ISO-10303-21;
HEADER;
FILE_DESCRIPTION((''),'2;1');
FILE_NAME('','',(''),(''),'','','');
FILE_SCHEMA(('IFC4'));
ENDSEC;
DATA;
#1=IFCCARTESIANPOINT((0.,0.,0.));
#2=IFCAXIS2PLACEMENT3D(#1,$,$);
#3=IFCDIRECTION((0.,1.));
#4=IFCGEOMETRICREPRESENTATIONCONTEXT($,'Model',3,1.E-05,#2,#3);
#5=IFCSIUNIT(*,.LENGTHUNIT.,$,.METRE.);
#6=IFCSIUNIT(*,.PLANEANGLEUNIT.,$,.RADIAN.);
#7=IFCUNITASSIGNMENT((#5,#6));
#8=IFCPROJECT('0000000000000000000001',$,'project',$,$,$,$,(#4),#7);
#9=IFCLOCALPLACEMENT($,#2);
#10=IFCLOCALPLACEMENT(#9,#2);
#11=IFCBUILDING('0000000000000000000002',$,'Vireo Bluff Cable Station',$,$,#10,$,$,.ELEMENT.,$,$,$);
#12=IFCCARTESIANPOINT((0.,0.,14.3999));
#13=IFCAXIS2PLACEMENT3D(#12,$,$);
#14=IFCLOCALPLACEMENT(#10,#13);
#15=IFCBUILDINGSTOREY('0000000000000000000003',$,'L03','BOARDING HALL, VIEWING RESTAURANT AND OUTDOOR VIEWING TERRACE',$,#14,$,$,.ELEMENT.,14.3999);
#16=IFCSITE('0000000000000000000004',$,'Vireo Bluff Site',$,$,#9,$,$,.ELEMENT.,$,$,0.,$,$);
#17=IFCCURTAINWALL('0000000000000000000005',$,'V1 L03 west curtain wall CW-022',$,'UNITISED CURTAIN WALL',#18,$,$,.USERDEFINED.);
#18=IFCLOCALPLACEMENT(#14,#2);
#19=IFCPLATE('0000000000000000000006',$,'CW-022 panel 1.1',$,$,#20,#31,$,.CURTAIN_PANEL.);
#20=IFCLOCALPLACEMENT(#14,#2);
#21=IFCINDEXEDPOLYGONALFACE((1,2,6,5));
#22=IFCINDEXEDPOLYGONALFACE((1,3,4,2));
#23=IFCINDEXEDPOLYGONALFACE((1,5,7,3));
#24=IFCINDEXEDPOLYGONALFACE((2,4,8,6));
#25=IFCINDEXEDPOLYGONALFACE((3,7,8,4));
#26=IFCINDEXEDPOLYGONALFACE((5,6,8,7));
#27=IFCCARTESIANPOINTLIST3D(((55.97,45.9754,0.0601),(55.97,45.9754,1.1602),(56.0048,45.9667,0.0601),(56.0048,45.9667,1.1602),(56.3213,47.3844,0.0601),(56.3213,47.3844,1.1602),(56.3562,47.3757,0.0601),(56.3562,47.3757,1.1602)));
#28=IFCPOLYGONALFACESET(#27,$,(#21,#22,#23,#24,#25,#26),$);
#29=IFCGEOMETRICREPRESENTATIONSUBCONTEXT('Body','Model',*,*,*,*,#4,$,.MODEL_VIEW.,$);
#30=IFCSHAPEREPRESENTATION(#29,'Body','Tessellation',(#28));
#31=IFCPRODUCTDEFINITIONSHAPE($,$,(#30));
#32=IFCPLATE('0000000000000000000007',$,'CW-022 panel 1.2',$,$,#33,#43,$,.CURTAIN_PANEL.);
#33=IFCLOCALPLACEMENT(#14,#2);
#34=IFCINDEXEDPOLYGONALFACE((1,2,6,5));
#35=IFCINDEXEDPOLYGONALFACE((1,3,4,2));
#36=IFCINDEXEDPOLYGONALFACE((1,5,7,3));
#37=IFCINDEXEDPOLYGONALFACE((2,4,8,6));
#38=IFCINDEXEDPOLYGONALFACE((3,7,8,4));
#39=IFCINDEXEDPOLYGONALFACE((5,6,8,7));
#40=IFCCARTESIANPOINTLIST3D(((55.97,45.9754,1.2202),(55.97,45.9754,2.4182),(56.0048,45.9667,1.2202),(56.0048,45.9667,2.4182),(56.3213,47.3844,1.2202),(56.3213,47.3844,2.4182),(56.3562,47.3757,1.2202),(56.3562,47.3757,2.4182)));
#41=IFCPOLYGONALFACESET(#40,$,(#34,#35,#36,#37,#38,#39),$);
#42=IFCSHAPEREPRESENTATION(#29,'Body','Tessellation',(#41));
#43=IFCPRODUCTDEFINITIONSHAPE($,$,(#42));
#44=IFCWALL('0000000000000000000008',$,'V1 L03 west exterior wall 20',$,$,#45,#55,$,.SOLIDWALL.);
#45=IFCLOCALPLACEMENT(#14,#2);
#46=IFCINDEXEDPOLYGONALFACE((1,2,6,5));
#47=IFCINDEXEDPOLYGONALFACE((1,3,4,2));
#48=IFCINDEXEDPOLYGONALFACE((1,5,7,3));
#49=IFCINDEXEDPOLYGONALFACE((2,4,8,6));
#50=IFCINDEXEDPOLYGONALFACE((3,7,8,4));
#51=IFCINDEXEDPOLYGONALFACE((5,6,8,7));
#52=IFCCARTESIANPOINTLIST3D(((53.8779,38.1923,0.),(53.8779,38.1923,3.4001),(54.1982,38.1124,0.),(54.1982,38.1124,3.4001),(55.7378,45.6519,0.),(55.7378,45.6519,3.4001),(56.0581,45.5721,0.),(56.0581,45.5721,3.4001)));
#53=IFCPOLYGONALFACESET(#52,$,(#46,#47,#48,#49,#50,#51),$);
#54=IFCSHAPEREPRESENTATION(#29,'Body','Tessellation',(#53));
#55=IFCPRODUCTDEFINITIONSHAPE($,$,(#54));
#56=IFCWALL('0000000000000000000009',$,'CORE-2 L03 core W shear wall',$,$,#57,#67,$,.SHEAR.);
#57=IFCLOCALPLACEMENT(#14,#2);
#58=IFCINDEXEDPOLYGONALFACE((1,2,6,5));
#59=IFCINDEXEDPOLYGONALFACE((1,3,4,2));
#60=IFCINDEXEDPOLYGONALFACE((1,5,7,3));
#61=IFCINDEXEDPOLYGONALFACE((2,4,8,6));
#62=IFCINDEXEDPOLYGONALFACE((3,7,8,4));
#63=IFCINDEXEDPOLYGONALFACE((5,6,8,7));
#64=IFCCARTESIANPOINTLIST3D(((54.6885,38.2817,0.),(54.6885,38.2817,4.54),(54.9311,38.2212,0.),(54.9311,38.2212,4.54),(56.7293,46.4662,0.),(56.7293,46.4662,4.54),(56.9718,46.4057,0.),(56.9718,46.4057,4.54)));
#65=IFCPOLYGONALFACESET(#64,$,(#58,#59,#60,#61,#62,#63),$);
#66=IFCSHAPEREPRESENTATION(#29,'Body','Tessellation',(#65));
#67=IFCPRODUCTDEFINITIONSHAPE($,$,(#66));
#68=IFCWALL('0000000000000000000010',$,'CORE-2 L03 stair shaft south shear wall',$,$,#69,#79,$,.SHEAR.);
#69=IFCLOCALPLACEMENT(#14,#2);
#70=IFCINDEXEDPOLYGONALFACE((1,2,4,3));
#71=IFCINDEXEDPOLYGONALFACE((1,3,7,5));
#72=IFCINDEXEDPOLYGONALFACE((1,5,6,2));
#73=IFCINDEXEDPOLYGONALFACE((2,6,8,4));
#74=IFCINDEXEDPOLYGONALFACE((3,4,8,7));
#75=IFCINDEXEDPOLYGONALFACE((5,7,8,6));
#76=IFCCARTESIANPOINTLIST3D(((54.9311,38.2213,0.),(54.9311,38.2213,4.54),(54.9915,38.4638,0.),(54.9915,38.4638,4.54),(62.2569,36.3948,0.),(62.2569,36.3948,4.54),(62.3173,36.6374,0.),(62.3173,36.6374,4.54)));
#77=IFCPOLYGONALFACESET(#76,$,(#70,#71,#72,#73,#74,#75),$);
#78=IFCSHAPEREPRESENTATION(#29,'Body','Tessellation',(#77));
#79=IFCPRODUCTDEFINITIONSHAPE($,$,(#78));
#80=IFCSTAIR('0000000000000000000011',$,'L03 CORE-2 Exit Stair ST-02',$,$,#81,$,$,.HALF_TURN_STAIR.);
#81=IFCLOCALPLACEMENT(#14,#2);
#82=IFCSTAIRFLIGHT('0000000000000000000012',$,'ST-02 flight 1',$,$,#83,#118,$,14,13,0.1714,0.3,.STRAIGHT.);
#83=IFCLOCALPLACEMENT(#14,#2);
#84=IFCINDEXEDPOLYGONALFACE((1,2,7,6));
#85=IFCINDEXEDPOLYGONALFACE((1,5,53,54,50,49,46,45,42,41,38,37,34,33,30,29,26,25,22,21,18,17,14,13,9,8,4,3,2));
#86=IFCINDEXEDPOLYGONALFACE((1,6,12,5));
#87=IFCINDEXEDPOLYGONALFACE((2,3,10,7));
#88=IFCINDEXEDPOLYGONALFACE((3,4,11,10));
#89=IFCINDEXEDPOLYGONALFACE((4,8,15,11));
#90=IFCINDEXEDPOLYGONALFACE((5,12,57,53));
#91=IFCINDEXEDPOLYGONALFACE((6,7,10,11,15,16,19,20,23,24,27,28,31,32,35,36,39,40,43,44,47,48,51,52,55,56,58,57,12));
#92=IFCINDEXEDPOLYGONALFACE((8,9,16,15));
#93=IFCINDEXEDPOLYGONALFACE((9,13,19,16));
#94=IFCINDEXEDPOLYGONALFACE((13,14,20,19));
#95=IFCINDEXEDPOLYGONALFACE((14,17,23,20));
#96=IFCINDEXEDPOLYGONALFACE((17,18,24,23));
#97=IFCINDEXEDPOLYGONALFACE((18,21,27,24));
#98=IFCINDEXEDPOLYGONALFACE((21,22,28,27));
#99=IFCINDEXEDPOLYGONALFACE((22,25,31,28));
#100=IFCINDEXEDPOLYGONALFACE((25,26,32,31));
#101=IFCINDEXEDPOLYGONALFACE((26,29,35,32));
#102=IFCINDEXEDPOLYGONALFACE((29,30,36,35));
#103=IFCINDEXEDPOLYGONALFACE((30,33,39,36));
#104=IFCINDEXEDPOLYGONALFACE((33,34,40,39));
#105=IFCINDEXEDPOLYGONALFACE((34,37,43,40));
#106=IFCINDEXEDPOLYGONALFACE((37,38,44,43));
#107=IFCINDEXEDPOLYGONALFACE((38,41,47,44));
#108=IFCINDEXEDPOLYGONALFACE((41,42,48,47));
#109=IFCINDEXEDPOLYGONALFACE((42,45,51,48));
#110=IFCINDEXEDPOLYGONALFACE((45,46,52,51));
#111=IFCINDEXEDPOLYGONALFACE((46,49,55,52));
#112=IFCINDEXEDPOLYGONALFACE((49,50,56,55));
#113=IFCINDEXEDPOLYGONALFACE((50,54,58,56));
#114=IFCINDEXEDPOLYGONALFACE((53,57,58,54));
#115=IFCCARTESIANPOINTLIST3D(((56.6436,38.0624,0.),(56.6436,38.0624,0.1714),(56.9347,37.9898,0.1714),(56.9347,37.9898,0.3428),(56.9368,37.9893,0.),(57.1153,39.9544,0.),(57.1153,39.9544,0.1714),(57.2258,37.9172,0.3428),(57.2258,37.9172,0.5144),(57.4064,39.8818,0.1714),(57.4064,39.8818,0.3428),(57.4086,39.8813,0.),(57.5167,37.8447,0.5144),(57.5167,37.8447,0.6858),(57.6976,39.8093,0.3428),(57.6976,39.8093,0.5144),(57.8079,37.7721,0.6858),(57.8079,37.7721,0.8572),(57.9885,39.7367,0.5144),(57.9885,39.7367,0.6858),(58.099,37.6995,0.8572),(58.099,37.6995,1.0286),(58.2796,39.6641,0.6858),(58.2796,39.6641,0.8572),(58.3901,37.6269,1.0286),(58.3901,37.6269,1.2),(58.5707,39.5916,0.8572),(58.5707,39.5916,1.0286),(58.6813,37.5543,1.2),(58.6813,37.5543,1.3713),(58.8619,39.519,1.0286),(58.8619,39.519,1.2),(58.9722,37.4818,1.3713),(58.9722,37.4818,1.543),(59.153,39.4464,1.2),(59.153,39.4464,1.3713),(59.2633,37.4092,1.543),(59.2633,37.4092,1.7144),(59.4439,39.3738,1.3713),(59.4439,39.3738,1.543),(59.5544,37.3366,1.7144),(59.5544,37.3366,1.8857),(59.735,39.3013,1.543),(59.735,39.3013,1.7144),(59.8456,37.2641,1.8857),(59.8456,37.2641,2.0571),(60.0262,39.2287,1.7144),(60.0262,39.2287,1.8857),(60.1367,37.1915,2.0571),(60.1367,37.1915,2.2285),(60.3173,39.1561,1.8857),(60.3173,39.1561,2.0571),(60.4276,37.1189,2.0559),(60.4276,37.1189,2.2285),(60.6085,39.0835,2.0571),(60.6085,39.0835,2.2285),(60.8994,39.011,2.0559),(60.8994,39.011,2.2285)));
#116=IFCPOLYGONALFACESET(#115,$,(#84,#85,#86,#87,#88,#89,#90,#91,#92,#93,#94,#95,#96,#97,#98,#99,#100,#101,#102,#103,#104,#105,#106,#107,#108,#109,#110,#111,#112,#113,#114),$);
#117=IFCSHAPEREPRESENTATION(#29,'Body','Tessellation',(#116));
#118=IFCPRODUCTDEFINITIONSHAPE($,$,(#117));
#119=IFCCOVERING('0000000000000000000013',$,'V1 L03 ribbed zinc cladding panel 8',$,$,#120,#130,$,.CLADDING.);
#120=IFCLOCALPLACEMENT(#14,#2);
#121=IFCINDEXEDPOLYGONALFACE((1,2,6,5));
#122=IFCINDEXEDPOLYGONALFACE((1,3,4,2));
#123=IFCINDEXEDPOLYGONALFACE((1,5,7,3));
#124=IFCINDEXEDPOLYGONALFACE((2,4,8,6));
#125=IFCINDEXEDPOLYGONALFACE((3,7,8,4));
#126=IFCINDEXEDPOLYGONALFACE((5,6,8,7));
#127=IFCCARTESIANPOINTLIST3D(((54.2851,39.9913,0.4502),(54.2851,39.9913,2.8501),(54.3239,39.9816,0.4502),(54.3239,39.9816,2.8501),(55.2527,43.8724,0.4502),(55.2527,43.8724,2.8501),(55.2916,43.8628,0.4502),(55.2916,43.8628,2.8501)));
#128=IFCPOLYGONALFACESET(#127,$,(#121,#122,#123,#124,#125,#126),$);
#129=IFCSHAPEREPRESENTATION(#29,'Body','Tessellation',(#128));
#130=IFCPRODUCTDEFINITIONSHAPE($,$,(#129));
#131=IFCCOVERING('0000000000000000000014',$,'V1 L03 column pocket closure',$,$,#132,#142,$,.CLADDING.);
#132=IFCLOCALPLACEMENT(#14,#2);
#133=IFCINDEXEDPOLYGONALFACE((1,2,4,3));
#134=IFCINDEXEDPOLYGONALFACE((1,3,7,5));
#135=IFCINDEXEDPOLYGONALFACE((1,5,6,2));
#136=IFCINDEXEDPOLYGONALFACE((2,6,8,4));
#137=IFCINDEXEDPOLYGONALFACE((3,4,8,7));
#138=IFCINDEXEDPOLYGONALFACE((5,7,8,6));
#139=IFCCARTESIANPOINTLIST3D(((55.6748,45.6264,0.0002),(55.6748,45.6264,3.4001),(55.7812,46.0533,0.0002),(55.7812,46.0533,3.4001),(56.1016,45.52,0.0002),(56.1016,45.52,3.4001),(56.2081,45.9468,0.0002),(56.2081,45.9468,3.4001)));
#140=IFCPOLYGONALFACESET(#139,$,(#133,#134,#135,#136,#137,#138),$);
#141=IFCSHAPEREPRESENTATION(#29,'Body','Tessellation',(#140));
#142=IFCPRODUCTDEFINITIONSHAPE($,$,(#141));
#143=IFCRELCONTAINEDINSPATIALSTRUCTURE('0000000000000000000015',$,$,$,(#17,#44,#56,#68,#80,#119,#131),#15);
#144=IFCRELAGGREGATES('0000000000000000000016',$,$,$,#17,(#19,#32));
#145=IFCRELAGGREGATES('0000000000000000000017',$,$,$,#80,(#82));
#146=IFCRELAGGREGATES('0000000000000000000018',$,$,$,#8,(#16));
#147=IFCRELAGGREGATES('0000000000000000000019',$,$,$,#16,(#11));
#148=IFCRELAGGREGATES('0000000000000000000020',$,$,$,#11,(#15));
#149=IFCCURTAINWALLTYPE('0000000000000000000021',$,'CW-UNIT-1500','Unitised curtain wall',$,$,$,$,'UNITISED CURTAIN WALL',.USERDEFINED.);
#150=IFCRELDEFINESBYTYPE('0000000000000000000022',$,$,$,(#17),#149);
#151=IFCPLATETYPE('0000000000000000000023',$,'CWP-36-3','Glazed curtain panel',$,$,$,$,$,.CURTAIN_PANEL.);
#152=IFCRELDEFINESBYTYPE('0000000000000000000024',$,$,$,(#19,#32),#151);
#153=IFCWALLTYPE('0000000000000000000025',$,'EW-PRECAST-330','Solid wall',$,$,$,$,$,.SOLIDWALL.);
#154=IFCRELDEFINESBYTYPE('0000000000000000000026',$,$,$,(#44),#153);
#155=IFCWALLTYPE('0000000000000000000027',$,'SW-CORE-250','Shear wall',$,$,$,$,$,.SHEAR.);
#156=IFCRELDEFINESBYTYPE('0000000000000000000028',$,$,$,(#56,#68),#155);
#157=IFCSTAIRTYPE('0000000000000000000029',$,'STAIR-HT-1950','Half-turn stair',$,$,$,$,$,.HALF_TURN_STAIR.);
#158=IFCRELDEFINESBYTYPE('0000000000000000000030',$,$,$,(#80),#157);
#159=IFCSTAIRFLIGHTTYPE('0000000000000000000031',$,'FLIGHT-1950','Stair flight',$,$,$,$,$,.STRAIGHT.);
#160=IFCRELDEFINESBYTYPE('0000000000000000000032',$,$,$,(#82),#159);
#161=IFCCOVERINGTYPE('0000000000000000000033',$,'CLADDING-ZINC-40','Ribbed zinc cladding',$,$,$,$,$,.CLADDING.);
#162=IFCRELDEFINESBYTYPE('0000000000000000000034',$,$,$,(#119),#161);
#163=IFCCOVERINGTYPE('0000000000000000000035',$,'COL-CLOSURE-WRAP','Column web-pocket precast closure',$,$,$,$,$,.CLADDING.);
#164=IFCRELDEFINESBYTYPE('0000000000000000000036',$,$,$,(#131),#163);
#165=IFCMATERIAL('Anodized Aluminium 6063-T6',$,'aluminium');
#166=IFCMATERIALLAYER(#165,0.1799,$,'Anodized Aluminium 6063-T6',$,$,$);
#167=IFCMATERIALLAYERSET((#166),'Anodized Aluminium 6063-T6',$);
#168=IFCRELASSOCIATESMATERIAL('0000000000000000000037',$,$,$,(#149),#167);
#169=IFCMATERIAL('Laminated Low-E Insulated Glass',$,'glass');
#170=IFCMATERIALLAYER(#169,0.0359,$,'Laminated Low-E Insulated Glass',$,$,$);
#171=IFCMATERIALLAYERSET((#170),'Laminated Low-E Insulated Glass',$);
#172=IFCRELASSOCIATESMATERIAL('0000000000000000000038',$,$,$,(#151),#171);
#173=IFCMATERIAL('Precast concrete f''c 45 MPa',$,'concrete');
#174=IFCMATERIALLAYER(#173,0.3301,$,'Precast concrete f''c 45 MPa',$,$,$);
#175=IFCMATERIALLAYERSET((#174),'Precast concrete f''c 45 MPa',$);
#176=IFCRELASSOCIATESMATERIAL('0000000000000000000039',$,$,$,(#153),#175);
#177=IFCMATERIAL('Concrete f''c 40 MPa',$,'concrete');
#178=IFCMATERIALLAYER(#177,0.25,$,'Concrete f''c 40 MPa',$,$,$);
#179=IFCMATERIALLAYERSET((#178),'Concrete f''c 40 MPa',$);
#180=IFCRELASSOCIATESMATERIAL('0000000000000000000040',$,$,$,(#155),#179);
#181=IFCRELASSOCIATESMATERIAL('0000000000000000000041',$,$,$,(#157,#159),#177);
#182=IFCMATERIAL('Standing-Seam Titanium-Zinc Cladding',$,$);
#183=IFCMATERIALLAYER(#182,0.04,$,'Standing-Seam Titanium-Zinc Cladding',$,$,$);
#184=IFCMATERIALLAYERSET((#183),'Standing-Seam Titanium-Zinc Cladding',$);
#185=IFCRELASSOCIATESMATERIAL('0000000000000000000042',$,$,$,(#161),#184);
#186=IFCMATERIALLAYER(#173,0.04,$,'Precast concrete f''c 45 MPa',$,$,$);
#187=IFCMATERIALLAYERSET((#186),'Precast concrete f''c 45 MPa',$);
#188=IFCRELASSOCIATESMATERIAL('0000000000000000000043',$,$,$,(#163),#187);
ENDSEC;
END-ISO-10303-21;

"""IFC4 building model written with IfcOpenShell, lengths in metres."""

from ifc_helpers import new_model, si_unit, direction, frame, frame_2d, origin, origin_2d, place, context, subcontext, project, spatial, polyline, rectangle, outline, extrude, material, layer, layer_set, type_object, element, aggregate, save


model = new_model("IFC4")

# Units and contexts
model_context = context("Model", 3, precision=1e-05, world=origin(), true_north=direction((0.0, 1.0)))
body_context = subcontext(model_context, "Body", "Model", "MODEL_VIEW")
ifc_project = project(units=[si_unit("LENGTHUNIT", "METRE"), si_unit("PLANEANGLEUNIT", "RADIAN")], contexts=[model_context])

# Site, building, storey
site_placement = place(None, origin())
site = spatial("IfcSite", under=ifc_project, at=site_placement, Name="Vireo Bluff Site", CompositionType="ELEMENT", RefElevation=0.0)
building_placement = place(site_placement, origin())
building = spatial("IfcBuilding", under=site, at=building_placement, Name="Vireo Bluff Cable Station", CompositionType="ELEMENT")
storey_placement = place(building_placement, frame((0.0, 0.0, 14.3999)))
storey = spatial("IfcBuildingStorey", under=building, at=storey_placement, Name="L03", Description="BOARDING HALL, VIEWING RESTAURANT AND OUTDOOR VIEWING TERRACE", CompositionType="ELEMENT", Elevation=14.3999)

# Curtain wall
ifc_material_1 = material(Name="Anodized Aluminium 6063-T6", Category="aluminium")
ifc_layer_1 = layer(ifc_material_1, 0.1799, Name="Anodized Aluminium 6063-T6")
ifc_layer_set_1 = layer_set([ifc_layer_1], Name="Anodized Aluminium 6063-T6")
curtain_wall_type = type_object("IfcCurtainWallType", Name="CW-UNIT-1500", Description="Unitised curtain wall", ElementType="UNITISED CURTAIN WALL", PredefinedType="USERDEFINED", material=ifc_layer_set_1)
curtain_wall_placement = place(storey_placement, origin())
curtain_wall = element("IfcCurtainWall", 1, at=curtain_wall_placement, inside=storey, type_object=curtain_wall_type, Name="V1 L03 west curtain wall CW-022", ObjectType="UNITISED CURTAIN WALL", PredefinedType="USERDEFINED")

# Plates
ifc_material_2 = material(Name="Laminated Low-E Insulated Glass", Category="glass")
ifc_layer_2 = layer(ifc_material_2, 0.0359, Name="Laminated Low-E Insulated Glass")
ifc_layer_set_2 = layer_set([ifc_layer_2], Name="Laminated Low-E Insulated Glass")
plate_type = type_object("IfcPlateType", Name="CWP-36-3", Description="Glazed curtain panel", PredefinedType="CURTAIN_PANEL", material=ifc_layer_set_2)
plate_1_placement = place(storey_placement, frame((56.1631, 46.6755, 0.0601), z_axis=(0.0, 0.0, 1.0), x_axis=(0.241922, 0.970296, 0.0)))
plate_1 = element("IfcPlate", 2, at=plate_1_placement, type_object=plate_type, Name="CW-022 panel 1.1", PredefinedType="CURTAIN_PANEL", context=body_context, shape_type="SweptSolid", body=[
    extrude(rectangle(XDim=1.4521, YDim=0.0359, at=origin_2d()), origin(), (0.0, 0.0, 1.0), 1.1001),
])
plate_2_placement = place(storey_placement, frame((56.1631, 46.6755, 1.2202), z_axis=(0.0, 0.0, 1.0), x_axis=(0.241922, 0.970296, 0.0)))
plate_2 = element("IfcPlate", 3, at=plate_2_placement, type_object=plate_type, Name="CW-022 panel 1.2", PredefinedType="CURTAIN_PANEL", context=body_context, shape_type="SweptSolid", body=[
    extrude(rectangle(XDim=1.4521, YDim=0.0359, at=origin_2d()), origin(), (0.0, 0.0, 1.0), 1.198),
])
aggregate(curtain_wall, [plate_1, plate_2])

# Walls
ifc_material_3 = material(Name="Precast concrete f'c 45 MPa", Category="concrete")
ifc_layer_3 = layer(ifc_material_3, 0.3301, Name="Precast concrete f'c 45 MPa")
ifc_layer_set_3 = layer_set([ifc_layer_3], Name="Precast concrete f'c 45 MPa")
wall_type_1 = type_object("IfcWallType", Name="EW-PRECAST-330", Description="Solid wall", PredefinedType="SOLIDWALL", material=ifc_layer_set_3)
wall_1_placement = place(storey_placement, frame((54.0381, 38.1523, 0.0), z_axis=(0.0, 0.0, 1.0), x_axis=(0.241915, 0.970297, 0.0)))
element("IfcWall", 4, at=wall_1_placement, inside=storey, type_object=wall_type_1, Name="V1 L03 west exterior wall 20", PredefinedType="SOLIDWALL", context=body_context, shape_type="SweptSolid", body=[
    extrude(rectangle(XDim=7.688, YDim=0.3301, at=frame_2d((3.844, 0.0))), origin(), (0.0, 0.0, 1.0), 3.4001),
])
ifc_material_4 = material(Name="Concrete f'c 40 MPa", Category="concrete")
ifc_layer_4 = layer(ifc_material_4, 0.25, Name="Concrete f'c 40 MPa")
ifc_layer_set_4 = layer_set([ifc_layer_4], Name="Concrete f'c 40 MPa")
wall_type_2 = type_object("IfcWallType", Name="SW-CORE-250", Description="Shear wall", PredefinedType="SHEAR", material=ifc_layer_set_4)
wall_2_placement = place(storey_placement, frame((54.8098, 38.2515, 0.0), z_axis=(0.0, 0.0, 1.0), x_axis=(0.241936, 0.970292, 0.0)))
element("IfcWall", 5, at=wall_2_placement, inside=storey, type_object=wall_type_2, Name="CORE-2 L03 core W shear wall", PredefinedType="SHEAR", context=body_context, shape_type="SweptSolid", body=[
    extrude(rectangle(XDim=8.4351, YDim=0.25, at=frame_2d((4.2175, 0.0))), origin(), (0.0, 0.0, 1.0), 4.54),
])
wall_3_placement = place(storey_placement, frame((54.9614, 38.3425, 0.0), z_axis=(0.0, 0.0, 1.0), x_axis=(0.970298, -0.241912, 0.0)))
element("IfcWall", 6, at=wall_3_placement, inside=storey, type_object=wall_type_2, Name="CORE-2 L03 stair shaft south shear wall", PredefinedType="SHEAR", context=body_context, shape_type="SweptSolid", body=[
    extrude(rectangle(XDim=7.55, YDim=0.25, at=frame_2d((3.7749, 0.0))), origin(), (0.0, 0.0, 1.0), 4.54),
])

# Stair, stair flight
stair_type = type_object("IfcStairType", Name="STAIR-HT-1950", Description="Half-turn stair", PredefinedType="HALF_TURN_STAIR", material=ifc_material_4)
stair_placement = place(storey_placement, origin())
stair = element("IfcStair", 7, at=stair_placement, inside=storey, type_object=stair_type, Name="L03 CORE-2 Exit Stair ST-02", PredefinedType="HALF_TURN_STAIR")
stair_flight_type = type_object("IfcStairFlightType", Name="FLIGHT-1950", Description="Stair flight", PredefinedType="STRAIGHT", material=ifc_material_4)
stair_flight_placement = place(storey_placement, frame((56.8794, 39.0083, 0.0), z_axis=(0.0, 0.0, 1.0), x_axis=(0.970296, -0.241922, 0.0)))
stair_flight = element("IfcStairFlight", 8, at=stair_flight_placement, type_object=stair_flight_type, Name="ST-02 flight 1", NumberOfRisers=14, NumberOfTreads=13, PredefinedType="STRAIGHT", RiserHeight=0.1714, TreadLength=0.3, context=body_context, shape_type="SweptSolid", body=[
    extrude(outline(polyline([(0.0, 0.0), (0.0, 0.1714), (0.3, 0.1714), (0.3, 0.3428), (0.6001, 0.3428), (0.6001, 0.5144), (0.8999, 0.5144), (0.8999, 0.6858), (1.2, 0.6858), (1.2, 0.8572), (1.5, 0.8572), (1.5, 1.0286), (1.8, 1.0286), (1.8, 1.2), (2.1001, 1.2), (2.1001, 1.3713), (2.3999, 1.3713), (2.3999, 1.543), (2.7, 1.543), (2.7, 1.7144), (3.0, 1.7144), (3.0, 1.8857), (3.3, 1.8857), (3.3, 2.0571), (3.6001, 2.0571), (3.6001, 2.2285), (3.8999, 2.2285), (3.8999, 2.3999), (3.8999, 2.0559), (0.3022, 0.0), (0.0, 0.0)])), frame((0.0, 0.9751, 0.0), z_axis=(0.0, -1.0, 0.0), x_axis=(1.0, 0.0, 0.0)), (0.0, 0.0, 1.0), 1.95),
])
aggregate(stair, [stair_flight])

# Coverings
ifc_material_5 = material(Name="Standing-Seam Titanium-Zinc Cladding")
ifc_layer_5 = layer(ifc_material_5, 0.04, Name="Standing-Seam Titanium-Zinc Cladding")
ifc_layer_set_5 = layer_set([ifc_layer_5], Name="Standing-Seam Titanium-Zinc Cladding")
covering_type_1 = type_object("IfcCoveringType", Name="CLADDING-ZINC-40", Description="Ribbed zinc cladding", PredefinedType="CLADDING", material=ifc_layer_set_5)
covering_1_placement = place(storey_placement, frame((54.7883, 41.927, 0.4502), z_axis=(0.0, 0.0, 1.0), x_axis=(0.241922, 0.970296, 0.0)))
element("IfcCovering", 9, at=covering_1_placement, inside=storey, type_object=covering_type_1, Name="V1 L03 ribbed zinc cladding panel 8", PredefinedType="CLADDING", context=body_context, shape_type="SweptSolid", body=[
    extrude(rectangle(XDim=4.0, YDim=0.04, at=origin_2d()), origin(), (0.0, 0.0, 1.0), 2.3999),
])
ifc_layer_6 = layer(ifc_material_3, 0.04, Name="Precast concrete f'c 45 MPa")
ifc_layer_set_6 = layer_set([ifc_layer_6], Name="Precast concrete f'c 45 MPa")
covering_type_2 = type_object("IfcCoveringType", Name="COL-CLOSURE-WRAP", Description="Column web-pocket precast closure", PredefinedType="CLADDING", material=ifc_layer_set_6)
covering_2_placement = place(storey_placement, frame((55.9414, 45.7866, 0.0002), z_axis=(0.0, 0.0, 1.0), x_axis=(0.970296, -0.241922, 0.0)))
element("IfcCovering", 10, at=covering_2_placement, inside=storey, type_object=covering_type_2, Name="V1 L03 column pocket closure", PredefinedType="CLADDING", context=body_context, shape_type="SweptSolid", body=[
    extrude(rectangle(XDim=0.4399, YDim=0.4399, at=origin_2d()), origin(), (0.0, 0.0, 1.0), 3.3999),
])

save(model, "model.ifc")
